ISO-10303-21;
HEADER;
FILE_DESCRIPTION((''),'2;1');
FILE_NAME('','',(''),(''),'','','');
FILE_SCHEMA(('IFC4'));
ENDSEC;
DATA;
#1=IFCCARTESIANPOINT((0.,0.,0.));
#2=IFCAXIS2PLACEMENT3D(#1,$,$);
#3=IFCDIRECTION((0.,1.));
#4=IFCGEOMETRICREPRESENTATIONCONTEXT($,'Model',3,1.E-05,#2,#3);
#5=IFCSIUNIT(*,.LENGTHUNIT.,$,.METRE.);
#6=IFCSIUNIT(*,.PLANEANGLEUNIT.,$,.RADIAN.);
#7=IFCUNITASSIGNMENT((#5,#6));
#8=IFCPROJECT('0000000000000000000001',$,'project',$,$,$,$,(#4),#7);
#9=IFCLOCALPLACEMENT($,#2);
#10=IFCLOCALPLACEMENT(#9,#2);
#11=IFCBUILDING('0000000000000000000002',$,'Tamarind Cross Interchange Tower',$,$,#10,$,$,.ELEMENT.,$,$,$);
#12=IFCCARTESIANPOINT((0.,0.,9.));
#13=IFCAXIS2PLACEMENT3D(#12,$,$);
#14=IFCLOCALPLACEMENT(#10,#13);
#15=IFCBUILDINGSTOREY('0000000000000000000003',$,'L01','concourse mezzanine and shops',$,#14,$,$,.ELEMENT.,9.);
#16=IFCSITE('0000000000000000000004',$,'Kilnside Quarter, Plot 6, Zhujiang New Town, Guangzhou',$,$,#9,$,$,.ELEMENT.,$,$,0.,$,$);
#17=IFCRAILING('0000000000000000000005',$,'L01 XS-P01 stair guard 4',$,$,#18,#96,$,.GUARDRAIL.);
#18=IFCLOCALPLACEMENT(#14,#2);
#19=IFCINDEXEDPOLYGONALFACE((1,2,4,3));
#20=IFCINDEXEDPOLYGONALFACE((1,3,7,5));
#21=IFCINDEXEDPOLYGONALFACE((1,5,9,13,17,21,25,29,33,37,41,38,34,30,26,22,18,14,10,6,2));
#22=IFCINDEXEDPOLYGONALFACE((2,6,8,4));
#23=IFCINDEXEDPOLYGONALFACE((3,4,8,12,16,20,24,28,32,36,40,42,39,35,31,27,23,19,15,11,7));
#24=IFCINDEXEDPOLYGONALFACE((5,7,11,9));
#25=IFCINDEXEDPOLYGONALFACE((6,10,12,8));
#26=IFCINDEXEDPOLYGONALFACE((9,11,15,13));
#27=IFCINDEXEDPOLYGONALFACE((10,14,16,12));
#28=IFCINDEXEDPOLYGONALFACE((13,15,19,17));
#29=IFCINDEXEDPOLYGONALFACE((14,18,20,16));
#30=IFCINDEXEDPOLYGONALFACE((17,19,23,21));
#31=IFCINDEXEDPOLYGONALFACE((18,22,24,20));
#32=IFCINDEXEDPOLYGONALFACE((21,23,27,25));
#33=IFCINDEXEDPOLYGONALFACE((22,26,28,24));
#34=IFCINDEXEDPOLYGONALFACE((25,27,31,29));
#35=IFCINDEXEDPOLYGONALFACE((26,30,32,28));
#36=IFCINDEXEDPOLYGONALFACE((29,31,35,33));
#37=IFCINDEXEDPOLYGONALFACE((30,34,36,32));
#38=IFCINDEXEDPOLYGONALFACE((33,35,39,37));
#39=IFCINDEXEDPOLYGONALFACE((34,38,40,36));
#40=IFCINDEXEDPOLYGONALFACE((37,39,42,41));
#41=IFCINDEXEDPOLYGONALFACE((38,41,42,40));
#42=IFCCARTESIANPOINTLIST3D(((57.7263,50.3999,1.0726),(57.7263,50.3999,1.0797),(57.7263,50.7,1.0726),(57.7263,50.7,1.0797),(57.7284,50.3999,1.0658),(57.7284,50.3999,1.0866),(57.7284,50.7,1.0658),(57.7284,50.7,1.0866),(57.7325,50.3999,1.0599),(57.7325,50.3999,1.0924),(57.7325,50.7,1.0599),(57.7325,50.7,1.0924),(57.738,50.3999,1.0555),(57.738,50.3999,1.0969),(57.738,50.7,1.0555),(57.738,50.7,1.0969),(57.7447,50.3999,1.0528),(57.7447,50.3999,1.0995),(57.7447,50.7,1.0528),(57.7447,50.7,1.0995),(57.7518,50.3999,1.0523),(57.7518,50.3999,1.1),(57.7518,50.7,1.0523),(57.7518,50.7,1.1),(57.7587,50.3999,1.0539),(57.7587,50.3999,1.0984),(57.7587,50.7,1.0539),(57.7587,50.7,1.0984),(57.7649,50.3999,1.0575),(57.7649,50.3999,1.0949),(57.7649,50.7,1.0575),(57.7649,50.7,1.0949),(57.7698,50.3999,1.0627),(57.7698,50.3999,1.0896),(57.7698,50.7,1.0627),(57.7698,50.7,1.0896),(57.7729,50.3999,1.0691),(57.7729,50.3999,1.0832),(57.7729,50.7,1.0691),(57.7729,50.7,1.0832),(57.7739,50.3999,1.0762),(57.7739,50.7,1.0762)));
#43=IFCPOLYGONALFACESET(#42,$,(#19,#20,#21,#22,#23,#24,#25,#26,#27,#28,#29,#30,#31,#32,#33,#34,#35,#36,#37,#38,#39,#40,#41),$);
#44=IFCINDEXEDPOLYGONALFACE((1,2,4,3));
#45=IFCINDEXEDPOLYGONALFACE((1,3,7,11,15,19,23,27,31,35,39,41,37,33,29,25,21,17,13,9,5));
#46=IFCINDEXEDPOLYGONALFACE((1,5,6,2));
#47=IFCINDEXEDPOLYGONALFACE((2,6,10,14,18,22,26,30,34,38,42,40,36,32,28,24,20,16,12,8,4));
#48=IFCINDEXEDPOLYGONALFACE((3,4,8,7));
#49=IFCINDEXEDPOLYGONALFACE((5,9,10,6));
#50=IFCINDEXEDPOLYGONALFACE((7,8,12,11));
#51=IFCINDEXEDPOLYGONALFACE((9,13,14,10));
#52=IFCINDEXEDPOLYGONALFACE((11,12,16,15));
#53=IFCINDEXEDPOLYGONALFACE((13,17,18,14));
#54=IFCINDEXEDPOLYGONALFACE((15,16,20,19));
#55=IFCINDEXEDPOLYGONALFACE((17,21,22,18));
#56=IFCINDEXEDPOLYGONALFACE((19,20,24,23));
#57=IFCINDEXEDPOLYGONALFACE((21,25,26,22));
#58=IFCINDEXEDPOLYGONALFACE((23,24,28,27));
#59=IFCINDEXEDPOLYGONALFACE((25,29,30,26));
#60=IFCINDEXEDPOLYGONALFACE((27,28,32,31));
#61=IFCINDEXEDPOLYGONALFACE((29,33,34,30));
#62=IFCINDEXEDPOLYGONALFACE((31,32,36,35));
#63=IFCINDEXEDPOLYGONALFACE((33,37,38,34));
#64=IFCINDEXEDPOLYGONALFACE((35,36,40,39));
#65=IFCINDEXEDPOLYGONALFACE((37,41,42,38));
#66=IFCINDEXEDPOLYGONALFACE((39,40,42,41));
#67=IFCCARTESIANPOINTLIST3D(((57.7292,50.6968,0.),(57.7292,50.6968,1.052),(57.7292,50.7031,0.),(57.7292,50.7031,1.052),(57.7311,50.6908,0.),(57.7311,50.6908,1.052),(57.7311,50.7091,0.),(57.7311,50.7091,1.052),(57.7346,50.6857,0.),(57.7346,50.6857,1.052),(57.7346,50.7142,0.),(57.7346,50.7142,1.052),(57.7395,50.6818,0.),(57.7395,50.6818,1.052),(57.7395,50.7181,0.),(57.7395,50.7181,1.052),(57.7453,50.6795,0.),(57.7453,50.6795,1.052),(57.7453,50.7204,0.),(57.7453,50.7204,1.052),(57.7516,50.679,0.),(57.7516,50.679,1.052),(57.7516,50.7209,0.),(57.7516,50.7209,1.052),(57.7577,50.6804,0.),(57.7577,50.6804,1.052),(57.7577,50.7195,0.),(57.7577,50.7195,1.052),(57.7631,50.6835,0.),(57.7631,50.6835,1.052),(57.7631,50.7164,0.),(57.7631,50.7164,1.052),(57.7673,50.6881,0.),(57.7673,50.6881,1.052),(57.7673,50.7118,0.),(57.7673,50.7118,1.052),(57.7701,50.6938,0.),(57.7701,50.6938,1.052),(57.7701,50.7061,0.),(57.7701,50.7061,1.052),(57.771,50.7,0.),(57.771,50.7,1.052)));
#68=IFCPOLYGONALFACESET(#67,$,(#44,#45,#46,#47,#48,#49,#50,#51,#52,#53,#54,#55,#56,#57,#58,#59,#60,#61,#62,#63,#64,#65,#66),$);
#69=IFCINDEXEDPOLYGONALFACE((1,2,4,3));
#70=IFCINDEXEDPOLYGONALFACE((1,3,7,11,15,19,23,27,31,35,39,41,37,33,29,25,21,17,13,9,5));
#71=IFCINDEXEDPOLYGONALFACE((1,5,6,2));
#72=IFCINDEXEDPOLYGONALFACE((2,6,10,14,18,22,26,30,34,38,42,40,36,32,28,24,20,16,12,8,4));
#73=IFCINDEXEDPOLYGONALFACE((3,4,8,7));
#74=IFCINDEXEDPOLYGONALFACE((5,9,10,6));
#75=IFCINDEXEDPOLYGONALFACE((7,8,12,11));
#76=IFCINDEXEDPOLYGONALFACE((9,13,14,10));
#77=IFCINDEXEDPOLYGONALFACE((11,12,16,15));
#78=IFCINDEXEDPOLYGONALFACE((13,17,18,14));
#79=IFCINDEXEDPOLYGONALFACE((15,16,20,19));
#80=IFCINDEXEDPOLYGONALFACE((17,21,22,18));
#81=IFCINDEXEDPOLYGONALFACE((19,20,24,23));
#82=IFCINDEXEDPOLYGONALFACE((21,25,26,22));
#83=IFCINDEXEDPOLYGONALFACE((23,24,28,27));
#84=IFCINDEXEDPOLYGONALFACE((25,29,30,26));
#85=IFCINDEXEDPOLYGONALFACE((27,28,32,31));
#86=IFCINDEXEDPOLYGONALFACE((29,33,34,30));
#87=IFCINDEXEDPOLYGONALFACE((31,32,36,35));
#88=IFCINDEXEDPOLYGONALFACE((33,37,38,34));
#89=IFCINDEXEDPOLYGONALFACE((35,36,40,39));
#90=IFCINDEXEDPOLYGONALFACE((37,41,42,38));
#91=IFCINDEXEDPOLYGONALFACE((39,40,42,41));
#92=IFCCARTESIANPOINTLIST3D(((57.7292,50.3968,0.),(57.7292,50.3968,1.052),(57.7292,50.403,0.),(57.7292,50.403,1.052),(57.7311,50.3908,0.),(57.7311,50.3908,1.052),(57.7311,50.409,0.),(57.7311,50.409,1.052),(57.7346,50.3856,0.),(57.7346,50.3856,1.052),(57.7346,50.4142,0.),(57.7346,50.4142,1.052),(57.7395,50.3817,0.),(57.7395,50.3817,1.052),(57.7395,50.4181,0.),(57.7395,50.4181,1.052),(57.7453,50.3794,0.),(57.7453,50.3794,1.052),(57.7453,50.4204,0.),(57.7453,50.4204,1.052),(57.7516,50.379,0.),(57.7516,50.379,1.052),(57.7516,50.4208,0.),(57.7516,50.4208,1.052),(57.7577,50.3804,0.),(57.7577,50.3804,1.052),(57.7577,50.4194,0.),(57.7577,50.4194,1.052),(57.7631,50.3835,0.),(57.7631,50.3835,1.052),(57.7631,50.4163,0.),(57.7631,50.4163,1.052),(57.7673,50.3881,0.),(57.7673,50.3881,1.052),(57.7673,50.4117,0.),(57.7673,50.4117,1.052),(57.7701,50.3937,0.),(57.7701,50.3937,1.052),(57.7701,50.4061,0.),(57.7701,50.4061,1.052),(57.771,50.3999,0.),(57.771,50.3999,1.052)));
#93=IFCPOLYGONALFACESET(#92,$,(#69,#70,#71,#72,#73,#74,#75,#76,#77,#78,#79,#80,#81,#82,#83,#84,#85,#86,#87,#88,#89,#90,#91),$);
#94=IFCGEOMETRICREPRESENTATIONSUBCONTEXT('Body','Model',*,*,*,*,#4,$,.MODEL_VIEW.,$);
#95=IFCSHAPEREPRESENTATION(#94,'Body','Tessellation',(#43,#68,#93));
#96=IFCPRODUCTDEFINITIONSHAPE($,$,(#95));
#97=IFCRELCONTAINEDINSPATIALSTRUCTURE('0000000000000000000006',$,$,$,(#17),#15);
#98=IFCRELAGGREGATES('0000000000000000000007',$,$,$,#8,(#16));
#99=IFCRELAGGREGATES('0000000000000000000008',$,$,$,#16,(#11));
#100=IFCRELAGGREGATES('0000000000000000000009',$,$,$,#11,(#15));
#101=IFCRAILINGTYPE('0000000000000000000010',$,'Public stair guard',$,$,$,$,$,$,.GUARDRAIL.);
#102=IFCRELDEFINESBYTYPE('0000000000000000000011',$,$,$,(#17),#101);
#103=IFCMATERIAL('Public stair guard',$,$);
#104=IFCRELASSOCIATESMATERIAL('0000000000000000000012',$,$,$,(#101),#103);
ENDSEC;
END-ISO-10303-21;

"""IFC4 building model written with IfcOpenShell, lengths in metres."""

from ifc_helpers import new_model, si_unit, direction, frame, origin, origin_2d, place, context, subcontext, project, spatial, circle, extrude, material, type_object, element, save


model = new_model("IFC4")

# Units and contexts
model_context = context("Model", 3, precision=1e-05, world=origin(), true_north=direction((0.0, 1.0)))
body_context = subcontext(model_context, "Body", "Model", "MODEL_VIEW")
ifc_project = project(units=[si_unit("LENGTHUNIT", "METRE"), si_unit("PLANEANGLEUNIT", "RADIAN")], contexts=[model_context])

# Site, building, storey
site_placement = place(None, origin())
site = spatial("IfcSite", under=ifc_project, at=site_placement, Name="Kilnside Quarter, Plot 6, Zhujiang New Town, Guangzhou", CompositionType="ELEMENT", RefElevation=0.0)
building_placement = place(site_placement, origin())
building = spatial("IfcBuilding", under=site, at=building_placement, Name="Tamarind Cross Interchange Tower", CompositionType="ELEMENT")
storey_placement = place(building_placement, frame((0.0, 0.0, 9.0)))
storey = spatial("IfcBuildingStorey", under=building, at=storey_placement, Name="L01", Description="concourse mezzanine and shops", CompositionType="ELEMENT", Elevation=9.0)

# Railing
ifc_material_1 = material(Name="Public stair guard")
railing_type_1 = type_object("IfcRailingType", Name="Public stair guard", PredefinedType="GUARDRAIL", material=ifc_material_1)
railing_1_placement = place(storey_placement, frame((57.75, 50.7, 0.0)))
element("IfcRailing", 1, at=railing_1_placement, inside=storey, type_object=railing_type_1, Name="L01 XS-P01 stair guard 4", PredefinedType="GUARDRAIL", context=body_context, shape_type="SweptSolid", body=[
    extrude(circle(Radius=0.0239, at=origin_2d()), frame((0.0, 0.0, 1.0762), z_axis=(0.0, -1.0, 0.0), x_axis=(1.0, 0.0, 0.0)), (0.0, 0.0, 1.0), 0.3),
    extrude(circle(Radius=0.021, at=origin_2d()), origin(), (0.0, 0.0, 1.0), 1.052),
    extrude(circle(Radius=0.021, at=origin_2d()), frame((0.0, -0.3, 0.0)), (0.0, 0.0, 1.0), 1.052),
])

save(model, "model.ifc")
